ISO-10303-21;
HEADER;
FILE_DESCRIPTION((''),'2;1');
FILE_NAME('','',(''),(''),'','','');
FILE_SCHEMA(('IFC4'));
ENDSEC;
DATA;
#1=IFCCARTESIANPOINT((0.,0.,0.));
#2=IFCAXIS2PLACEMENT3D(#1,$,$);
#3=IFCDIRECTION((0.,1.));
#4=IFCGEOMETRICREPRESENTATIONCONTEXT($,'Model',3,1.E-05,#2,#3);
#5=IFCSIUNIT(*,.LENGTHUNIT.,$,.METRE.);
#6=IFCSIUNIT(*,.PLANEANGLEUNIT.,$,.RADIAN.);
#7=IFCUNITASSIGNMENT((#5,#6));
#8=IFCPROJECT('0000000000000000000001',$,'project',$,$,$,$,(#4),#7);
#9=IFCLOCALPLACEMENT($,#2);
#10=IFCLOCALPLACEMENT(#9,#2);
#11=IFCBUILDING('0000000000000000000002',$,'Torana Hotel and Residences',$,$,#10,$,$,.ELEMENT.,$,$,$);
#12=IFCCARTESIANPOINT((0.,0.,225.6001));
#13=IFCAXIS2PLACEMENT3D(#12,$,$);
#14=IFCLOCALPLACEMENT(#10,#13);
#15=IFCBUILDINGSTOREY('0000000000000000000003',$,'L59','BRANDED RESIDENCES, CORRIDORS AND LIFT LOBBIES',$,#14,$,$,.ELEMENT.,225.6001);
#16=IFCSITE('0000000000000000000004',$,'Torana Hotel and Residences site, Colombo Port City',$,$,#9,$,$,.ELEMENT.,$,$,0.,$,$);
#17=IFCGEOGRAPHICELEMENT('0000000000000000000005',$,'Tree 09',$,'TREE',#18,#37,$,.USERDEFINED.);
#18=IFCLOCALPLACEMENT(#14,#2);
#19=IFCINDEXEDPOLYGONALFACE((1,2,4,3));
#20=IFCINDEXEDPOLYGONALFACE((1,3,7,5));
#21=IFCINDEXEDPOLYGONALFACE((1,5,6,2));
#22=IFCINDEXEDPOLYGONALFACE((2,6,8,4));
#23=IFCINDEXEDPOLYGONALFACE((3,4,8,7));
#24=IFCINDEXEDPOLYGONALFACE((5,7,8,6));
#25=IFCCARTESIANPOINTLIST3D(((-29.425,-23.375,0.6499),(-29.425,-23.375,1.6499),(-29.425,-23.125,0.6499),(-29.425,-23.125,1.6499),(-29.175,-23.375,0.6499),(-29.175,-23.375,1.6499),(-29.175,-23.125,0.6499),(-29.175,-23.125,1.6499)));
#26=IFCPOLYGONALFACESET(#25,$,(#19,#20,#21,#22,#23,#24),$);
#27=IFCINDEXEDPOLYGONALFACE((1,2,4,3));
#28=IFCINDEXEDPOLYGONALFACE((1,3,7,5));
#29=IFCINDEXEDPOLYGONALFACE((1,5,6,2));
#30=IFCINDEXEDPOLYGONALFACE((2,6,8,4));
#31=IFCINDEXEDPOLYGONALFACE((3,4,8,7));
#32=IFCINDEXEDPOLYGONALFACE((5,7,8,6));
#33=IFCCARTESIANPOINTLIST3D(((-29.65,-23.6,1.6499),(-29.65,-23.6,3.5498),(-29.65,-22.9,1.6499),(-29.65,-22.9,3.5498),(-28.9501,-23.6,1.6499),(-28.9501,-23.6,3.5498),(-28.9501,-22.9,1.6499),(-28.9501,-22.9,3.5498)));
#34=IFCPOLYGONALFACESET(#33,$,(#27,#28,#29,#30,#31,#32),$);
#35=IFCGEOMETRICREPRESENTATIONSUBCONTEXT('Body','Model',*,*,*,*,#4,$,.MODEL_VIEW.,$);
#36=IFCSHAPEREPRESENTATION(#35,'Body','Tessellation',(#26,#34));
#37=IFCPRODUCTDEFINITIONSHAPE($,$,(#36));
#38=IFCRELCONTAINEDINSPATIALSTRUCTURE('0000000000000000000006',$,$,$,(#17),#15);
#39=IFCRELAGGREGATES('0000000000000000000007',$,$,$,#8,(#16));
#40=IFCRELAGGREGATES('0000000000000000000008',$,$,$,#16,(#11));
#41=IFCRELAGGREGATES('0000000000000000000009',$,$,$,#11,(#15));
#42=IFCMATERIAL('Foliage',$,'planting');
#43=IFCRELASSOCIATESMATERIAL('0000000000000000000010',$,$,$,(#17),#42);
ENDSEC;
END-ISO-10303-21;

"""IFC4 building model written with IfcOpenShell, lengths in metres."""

from ifc_helpers import new_model, si_unit, direction, frame, origin, origin_2d, place, context, subcontext, project, spatial, rectangle, extrude, material, element, save


model = new_model("IFC4")

# Units and contexts
model_context = context("Model", 3, precision=1e-05, world=origin(), true_north=direction((0.0, 1.0)))
body_context = subcontext(model_context, "Body", "Model", "MODEL_VIEW")
ifc_project = project(units=[si_unit("LENGTHUNIT", "METRE"), si_unit("PLANEANGLEUNIT", "RADIAN")], contexts=[model_context])

# Site, building, storey
site_placement = place(None, origin())
site = spatial("IfcSite", under=ifc_project, at=site_placement, Name="Torana Hotel and Residences site, Colombo Port City", CompositionType="ELEMENT", RefElevation=0.0)
building_placement = place(site_placement, origin())
building = spatial("IfcBuilding", under=site, at=building_placement, Name="Torana Hotel and Residences", CompositionType="ELEMENT")
storey_placement = place(building_placement, frame((0.0, 0.0, 225.6001)))
storey = spatial("IfcBuildingStorey", under=building, at=storey_placement, Name="L59", Description="BRANDED RESIDENCES, CORRIDORS AND LIFT LOBBIES", CompositionType="ELEMENT", Elevation=225.6001)

# Geographic element
ifc_material_1 = material(Name="Foliage", Category="planting")
geographic_element_placement = place(storey_placement, frame((-29.3, -23.25, 0.6499), z_axis=(0.0, 0.0, 1.0), x_axis=(1.0, 0.0, 0.0)))
element("IfcGeographicElement", 1, at=geographic_element_placement, inside=storey, material=ifc_material_1, Name="Tree 09", ObjectType="TREE", PredefinedType="USERDEFINED", context=body_context, shape_type="SweptSolid", body=[
    extrude(rectangle(XDim=0.25, YDim=0.25, at=origin_2d()), origin(), (0.0, 0.0, 1.0), 1.0),
    extrude(rectangle(XDim=0.7, YDim=0.7, at=origin_2d()), frame((0.0, 0.0, 1.0)), (0.0, 0.0, 1.0), 1.8999),
])

save(model, "model.ifc")
